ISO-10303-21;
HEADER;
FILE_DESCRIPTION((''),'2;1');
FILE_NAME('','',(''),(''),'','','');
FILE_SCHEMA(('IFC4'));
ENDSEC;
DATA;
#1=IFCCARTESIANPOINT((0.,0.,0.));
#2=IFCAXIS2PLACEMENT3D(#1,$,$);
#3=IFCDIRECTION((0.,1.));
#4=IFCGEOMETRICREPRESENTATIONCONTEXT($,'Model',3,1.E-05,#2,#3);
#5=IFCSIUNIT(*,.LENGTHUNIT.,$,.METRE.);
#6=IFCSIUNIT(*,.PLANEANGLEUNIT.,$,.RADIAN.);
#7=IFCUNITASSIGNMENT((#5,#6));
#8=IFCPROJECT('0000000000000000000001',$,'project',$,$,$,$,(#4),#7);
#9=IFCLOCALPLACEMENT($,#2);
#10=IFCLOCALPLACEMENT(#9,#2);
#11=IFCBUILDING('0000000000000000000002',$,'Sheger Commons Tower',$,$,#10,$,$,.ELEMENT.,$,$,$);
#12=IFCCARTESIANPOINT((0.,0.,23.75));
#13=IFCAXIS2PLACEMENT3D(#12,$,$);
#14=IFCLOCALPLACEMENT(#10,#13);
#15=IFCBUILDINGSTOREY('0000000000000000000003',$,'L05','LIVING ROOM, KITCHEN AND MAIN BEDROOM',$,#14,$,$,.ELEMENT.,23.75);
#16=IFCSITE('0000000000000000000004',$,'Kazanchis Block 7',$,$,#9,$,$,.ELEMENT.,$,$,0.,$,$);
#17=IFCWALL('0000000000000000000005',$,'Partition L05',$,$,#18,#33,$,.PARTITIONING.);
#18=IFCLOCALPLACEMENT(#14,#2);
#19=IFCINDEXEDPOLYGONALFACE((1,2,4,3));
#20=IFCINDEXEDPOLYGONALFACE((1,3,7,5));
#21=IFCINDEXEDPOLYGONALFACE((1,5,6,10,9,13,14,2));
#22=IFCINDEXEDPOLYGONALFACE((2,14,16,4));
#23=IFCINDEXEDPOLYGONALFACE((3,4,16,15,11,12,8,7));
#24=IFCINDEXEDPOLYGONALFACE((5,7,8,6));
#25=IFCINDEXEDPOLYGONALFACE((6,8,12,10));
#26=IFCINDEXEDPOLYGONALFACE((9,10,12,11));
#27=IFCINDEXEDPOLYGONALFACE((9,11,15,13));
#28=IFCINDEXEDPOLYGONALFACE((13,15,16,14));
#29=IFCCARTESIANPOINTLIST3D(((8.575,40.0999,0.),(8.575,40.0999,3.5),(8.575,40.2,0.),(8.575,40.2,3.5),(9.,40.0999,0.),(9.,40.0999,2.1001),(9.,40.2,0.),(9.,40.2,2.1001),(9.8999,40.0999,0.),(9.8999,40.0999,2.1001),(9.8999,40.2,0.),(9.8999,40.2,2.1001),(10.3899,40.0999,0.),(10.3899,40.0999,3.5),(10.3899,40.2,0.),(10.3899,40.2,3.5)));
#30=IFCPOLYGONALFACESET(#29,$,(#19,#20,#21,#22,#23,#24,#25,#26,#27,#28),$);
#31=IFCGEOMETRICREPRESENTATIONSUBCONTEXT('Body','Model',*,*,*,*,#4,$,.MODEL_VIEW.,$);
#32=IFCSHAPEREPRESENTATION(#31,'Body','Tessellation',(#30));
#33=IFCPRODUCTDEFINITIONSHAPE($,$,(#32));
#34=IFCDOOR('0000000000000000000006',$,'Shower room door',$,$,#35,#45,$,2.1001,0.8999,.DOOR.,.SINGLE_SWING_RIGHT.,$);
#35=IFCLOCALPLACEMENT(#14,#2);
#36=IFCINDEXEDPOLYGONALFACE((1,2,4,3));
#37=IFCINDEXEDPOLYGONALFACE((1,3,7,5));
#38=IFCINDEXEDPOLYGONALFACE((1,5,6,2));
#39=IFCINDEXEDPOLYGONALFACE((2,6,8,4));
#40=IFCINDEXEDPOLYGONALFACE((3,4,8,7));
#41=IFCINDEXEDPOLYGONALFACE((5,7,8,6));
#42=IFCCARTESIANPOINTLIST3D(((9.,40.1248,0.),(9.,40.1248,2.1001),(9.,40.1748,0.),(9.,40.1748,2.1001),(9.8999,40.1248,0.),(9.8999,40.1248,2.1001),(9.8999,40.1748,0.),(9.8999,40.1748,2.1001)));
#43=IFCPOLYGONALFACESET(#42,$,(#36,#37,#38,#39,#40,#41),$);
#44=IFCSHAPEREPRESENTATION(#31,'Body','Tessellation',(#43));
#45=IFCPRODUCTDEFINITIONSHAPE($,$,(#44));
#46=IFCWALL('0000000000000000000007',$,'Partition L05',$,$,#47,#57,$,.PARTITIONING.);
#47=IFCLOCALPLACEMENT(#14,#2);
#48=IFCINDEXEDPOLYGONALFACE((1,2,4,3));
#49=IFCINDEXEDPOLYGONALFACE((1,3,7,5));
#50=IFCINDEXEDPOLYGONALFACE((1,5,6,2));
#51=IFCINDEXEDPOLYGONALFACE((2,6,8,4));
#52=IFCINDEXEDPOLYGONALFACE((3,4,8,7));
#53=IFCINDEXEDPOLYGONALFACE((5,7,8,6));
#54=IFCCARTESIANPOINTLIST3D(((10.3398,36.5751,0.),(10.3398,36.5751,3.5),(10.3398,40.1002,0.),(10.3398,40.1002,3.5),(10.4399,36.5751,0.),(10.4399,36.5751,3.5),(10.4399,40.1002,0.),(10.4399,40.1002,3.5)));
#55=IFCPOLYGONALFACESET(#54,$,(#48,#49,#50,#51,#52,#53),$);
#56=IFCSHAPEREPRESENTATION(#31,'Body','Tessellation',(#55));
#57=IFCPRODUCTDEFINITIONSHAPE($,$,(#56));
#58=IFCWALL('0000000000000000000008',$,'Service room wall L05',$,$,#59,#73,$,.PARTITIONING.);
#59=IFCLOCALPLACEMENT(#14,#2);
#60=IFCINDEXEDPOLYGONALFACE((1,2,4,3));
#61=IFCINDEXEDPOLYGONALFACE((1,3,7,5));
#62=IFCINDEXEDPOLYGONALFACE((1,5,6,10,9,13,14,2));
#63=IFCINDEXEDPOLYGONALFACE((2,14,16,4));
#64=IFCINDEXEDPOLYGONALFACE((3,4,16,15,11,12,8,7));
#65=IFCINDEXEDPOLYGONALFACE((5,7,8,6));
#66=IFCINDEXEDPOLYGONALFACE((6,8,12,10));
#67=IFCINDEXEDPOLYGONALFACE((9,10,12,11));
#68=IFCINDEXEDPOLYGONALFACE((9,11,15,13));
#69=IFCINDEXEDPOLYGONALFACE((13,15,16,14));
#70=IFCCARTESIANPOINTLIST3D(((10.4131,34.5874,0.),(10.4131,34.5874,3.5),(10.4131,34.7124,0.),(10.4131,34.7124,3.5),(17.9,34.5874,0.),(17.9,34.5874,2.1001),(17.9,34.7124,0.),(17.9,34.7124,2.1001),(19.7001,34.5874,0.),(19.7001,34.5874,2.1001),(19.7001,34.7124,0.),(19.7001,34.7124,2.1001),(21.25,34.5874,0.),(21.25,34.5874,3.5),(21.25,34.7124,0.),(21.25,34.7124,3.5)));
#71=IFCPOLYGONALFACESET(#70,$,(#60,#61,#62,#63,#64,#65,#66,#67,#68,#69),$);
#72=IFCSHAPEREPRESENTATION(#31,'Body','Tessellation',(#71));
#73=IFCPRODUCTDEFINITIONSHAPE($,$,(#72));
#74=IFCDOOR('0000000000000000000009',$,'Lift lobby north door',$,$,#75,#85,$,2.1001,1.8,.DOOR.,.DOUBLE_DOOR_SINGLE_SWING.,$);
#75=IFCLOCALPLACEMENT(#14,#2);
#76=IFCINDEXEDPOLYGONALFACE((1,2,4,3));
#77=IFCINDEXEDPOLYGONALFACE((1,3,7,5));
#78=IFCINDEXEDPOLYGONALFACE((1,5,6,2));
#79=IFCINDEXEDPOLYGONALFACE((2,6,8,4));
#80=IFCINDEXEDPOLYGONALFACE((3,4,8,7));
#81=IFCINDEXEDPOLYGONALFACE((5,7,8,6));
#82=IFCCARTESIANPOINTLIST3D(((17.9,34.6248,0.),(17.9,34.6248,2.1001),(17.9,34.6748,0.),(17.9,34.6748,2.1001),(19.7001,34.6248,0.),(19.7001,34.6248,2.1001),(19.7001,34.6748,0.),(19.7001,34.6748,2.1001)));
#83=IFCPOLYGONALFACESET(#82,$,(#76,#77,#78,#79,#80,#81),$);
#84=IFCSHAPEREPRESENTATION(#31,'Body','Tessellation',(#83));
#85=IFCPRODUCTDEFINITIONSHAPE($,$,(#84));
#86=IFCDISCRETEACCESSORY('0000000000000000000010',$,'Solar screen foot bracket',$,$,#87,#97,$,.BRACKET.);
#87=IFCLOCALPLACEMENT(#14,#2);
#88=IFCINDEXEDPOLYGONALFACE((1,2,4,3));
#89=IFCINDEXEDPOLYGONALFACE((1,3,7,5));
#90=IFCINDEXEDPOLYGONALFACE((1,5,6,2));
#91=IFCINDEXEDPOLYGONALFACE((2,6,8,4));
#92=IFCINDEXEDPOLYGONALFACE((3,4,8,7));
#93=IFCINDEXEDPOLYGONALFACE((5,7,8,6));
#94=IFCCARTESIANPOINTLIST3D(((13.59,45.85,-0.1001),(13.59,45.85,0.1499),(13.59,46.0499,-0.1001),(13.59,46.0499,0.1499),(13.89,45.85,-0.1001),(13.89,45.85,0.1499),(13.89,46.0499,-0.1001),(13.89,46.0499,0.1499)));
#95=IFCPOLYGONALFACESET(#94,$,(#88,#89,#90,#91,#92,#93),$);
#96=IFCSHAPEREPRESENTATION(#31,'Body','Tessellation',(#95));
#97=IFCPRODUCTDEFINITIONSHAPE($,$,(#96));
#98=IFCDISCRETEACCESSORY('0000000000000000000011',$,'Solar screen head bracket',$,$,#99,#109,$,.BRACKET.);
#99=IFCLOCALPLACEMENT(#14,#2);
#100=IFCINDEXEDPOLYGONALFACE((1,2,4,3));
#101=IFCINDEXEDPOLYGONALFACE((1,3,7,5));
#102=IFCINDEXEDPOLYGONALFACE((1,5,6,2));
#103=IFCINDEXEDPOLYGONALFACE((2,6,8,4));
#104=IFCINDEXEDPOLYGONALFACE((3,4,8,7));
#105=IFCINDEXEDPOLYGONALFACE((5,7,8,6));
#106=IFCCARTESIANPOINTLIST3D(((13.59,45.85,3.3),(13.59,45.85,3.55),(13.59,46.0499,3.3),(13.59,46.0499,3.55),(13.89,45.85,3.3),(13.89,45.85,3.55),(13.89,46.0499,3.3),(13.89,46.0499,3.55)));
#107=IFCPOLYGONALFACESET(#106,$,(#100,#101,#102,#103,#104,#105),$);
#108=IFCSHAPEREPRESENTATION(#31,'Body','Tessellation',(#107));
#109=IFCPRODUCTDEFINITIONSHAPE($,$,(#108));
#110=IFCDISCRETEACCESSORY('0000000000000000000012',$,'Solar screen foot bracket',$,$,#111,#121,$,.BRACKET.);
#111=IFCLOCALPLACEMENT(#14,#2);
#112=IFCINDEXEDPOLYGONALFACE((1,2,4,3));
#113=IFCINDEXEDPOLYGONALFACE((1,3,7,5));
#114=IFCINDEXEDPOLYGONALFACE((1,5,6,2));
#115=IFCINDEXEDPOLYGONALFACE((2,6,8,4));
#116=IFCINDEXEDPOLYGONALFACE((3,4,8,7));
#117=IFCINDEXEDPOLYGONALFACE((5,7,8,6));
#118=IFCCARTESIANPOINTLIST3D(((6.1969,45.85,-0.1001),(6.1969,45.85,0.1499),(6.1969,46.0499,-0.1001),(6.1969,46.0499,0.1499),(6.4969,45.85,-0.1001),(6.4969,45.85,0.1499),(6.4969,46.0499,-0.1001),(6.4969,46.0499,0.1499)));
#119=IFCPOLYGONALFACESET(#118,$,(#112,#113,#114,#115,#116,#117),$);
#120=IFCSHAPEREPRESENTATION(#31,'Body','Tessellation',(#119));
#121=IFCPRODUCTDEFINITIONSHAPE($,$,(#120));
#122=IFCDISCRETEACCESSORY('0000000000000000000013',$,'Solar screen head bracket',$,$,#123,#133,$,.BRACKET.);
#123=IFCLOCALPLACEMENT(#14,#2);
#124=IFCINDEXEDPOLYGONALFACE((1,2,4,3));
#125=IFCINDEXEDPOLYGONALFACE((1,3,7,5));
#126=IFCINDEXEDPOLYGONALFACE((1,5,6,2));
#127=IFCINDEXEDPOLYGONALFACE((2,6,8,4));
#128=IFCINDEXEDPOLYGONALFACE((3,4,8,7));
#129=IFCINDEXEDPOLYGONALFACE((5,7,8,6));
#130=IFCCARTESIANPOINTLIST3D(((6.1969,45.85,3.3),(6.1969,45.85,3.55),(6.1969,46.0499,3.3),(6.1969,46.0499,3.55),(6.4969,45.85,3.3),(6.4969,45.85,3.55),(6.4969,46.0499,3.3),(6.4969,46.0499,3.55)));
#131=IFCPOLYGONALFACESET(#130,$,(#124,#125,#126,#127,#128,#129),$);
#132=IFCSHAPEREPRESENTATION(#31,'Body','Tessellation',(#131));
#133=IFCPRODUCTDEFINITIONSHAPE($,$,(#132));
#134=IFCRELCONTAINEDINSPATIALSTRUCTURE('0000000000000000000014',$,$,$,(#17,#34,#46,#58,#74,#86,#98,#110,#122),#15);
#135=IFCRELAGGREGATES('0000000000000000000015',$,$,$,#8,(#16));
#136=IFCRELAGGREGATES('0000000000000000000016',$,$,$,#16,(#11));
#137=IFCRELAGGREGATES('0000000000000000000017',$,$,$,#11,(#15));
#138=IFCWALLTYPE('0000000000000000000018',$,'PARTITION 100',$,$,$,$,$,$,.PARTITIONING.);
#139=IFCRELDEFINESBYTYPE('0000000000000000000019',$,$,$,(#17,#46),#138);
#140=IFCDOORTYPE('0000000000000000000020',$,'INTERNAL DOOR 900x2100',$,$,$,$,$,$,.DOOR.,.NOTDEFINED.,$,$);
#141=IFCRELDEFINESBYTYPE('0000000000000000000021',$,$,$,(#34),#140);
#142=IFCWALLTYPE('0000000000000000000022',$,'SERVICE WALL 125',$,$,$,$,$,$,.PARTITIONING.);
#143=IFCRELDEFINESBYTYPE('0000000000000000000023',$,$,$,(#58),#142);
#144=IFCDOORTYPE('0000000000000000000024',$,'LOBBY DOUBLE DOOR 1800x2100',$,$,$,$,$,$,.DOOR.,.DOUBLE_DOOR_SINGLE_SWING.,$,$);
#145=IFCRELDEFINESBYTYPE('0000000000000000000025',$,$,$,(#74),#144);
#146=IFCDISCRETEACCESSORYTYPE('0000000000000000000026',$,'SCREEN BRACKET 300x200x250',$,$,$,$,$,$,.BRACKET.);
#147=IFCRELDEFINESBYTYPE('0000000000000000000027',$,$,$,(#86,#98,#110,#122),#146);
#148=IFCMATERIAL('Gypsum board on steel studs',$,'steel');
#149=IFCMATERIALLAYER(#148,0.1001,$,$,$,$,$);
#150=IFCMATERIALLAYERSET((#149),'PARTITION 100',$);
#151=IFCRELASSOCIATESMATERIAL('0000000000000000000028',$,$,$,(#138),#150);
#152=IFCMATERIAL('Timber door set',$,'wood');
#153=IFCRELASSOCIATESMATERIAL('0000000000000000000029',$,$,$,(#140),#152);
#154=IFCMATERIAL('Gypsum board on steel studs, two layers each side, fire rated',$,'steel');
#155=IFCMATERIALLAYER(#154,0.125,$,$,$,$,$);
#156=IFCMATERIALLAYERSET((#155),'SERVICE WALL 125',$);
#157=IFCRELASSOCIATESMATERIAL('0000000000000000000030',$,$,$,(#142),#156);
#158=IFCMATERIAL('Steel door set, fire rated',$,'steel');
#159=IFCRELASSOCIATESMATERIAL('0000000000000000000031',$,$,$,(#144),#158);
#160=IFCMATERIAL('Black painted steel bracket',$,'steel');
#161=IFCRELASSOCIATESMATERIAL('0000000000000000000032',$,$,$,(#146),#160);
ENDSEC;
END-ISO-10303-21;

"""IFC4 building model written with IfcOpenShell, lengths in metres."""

from ifc_helpers import new_model, si_unit, direction, frame, frame_2d, origin, origin_2d, place, context, subcontext, project, spatial, rectangle, extrude, material, layer, layer_set, type_object, element, fill, save


model = new_model("IFC4")

# Units and contexts
model_context = context("Model", 3, precision=1e-05, world=origin(), true_north=direction((0.0, 1.0)))
body_context = subcontext(model_context, "Body", "Model", "MODEL_VIEW")
ifc_project = project(units=[si_unit("LENGTHUNIT", "METRE"), si_unit("PLANEANGLEUNIT", "RADIAN")], contexts=[model_context])

# Site, building, storey
site_placement = place(None, origin())
site = spatial("IfcSite", under=ifc_project, at=site_placement, Name="Kazanchis Block 7", CompositionType="ELEMENT", RefElevation=0.0)
building_placement = place(site_placement, origin())
building = spatial("IfcBuilding", under=site, at=building_placement, Name="Sheger Commons Tower", CompositionType="ELEMENT")
storey_placement = place(building_placement, frame((0.0, 0.0, 23.75)))
storey = spatial("IfcBuildingStorey", under=building, at=storey_placement, Name="L05", Description="LIVING ROOM, KITCHEN AND MAIN BEDROOM", CompositionType="ELEMENT", Elevation=23.75)

# Shared definitions
ifc_material_1 = material(Name="Gypsum board on steel studs", Category="steel")
ifc_layer_1 = layer(ifc_material_1, 0.1001)
ifc_layer_set_1 = layer_set([ifc_layer_1], Name="PARTITION 100")
wall_type_1 = type_object("IfcWallType", Name="PARTITION 100", PredefinedType="PARTITIONING", material=ifc_layer_set_1)

# Wall, opening, door
wall_1_placement = place(storey_placement, frame((8.575, 40.1499, 0.0), z_axis=(0.0, 0.0, 1.0), x_axis=(1.0, 0.0, 0.0)))
wall_1 = element("IfcWall", 1, at=wall_1_placement, inside=storey, type_object=wall_type_1, Name="Partition L05", PredefinedType="PARTITIONING", context=body_context, shape_type="SweptSolid", body=[
    extrude(rectangle(XDim=1.8149, YDim=0.1001, at=frame_2d((0.9075, 0.0))), origin(), (0.0, 0.0, 1.0), 3.5),
])
opening_1_placement = place(wall_1_placement, frame((0.425, 0.0, 0.0)))
opening_1 = element("IfcOpeningElement", 2, at=opening_1_placement, cuts=wall_1, PredefinedType="OPENING", context=body_context, shape_type="SweptSolid", body=[
    extrude(rectangle(XDim=0.8999, YDim=2.1001, at=frame_2d((0.45, 1.05))), frame((0.0, 0.0601, 0.0), z_axis=(0.0, -1.0, 0.0), x_axis=(1.0, 0.0, 0.0)), (0.0, 0.0, 1.0), 0.1201),
])
ifc_material_2 = material(Name="Timber door set", Category="wood")
door_type_1 = type_object("IfcDoorType", Name="INTERNAL DOOR 900x2100", OperationType="NOTDEFINED", PredefinedType="DOOR", material=ifc_material_2)
door_1_placement = place(opening_1_placement, origin())
door_1 = element("IfcDoor", 3, at=door_1_placement, inside=storey, type_object=door_type_1, Name="Shower room door", OperationType="SINGLE_SWING_RIGHT", OverallHeight=2.1001, OverallWidth=0.8999, PredefinedType="DOOR", context=body_context, shape_type="SweptSolid", body=[
    extrude(rectangle(XDim=0.8999, YDim=2.1001, at=frame_2d((0.45, 1.05))), frame((0.0, 0.0249, 0.0), z_axis=(0.0, -1.0, 0.0), x_axis=(1.0, 0.0, 0.0)), (0.0, 0.0, 1.0), 0.05),
])
fill(opening_1, door_1)

# Wall
wall_2_placement = place(storey_placement, frame((10.3899, 36.575, 0.0), z_axis=(0.0, 0.0, 1.0), x_axis=(0.0, 1.0, 0.0)))
element("IfcWall", 4, at=wall_2_placement, inside=storey, type_object=wall_type_1, Name="Partition L05", PredefinedType="PARTITIONING", context=body_context, shape_type="SweptSolid", body=[
    extrude(rectangle(XDim=3.5251, YDim=0.1001, at=frame_2d((1.7627, 0.0))), origin(), (0.0, 0.0, 1.0), 3.5),
])

# Wall, opening, door
ifc_material_3 = material(Name="Gypsum board on steel studs, two layers each side, fire rated", Category="steel")
ifc_layer_2 = layer(ifc_material_3, 0.125)
ifc_layer_set_2 = layer_set([ifc_layer_2], Name="SERVICE WALL 125")
wall_type_2 = type_object("IfcWallType", Name="SERVICE WALL 125", PredefinedType="PARTITIONING", material=ifc_layer_set_2)
wall_3_placement = place(storey_placement, frame((10.4131, 34.6499, 0.0), z_axis=(0.0, 0.0, 1.0), x_axis=(1.0, 0.0, 0.0)))
wall_3 = element("IfcWall", 5, at=wall_3_placement, inside=storey, type_object=wall_type_2, Name="Service room wall L05", PredefinedType="PARTITIONING", context=body_context, shape_type="SweptSolid", body=[
    extrude(rectangle(XDim=10.8369, YDim=0.125, at=frame_2d((5.4185, 0.0))), origin(), (0.0, 0.0, 1.0), 3.5),
])
opening_2_placement = place(wall_3_placement, frame((7.4871, 0.0, 0.0)))
opening_2 = element("IfcOpeningElement", 6, at=opening_2_placement, cuts=wall_3, PredefinedType="OPENING", context=body_context, shape_type="SweptSolid", body=[
    extrude(rectangle(XDim=1.8, YDim=2.1001, at=frame_2d((0.8999, 1.05))), frame((0.0, 0.0725, 0.0), z_axis=(0.0, -1.0, 0.0), x_axis=(1.0, 0.0, 0.0)), (0.0, 0.0, 1.0), 0.145),
])
ifc_material_4 = material(Name="Steel door set, fire rated", Category="steel")
door_type_2 = type_object("IfcDoorType", Name="LOBBY DOUBLE DOOR 1800x2100", OperationType="DOUBLE_DOOR_SINGLE_SWING", PredefinedType="DOOR", material=ifc_material_4)
door_2_placement = place(opening_2_placement, origin())
door_2 = element("IfcDoor", 7, at=door_2_placement, inside=storey, type_object=door_type_2, Name="Lift lobby north door", OperationType="DOUBLE_DOOR_SINGLE_SWING", OverallHeight=2.1001, OverallWidth=1.8, PredefinedType="DOOR", context=body_context, shape_type="SweptSolid", body=[
    extrude(rectangle(XDim=1.8, YDim=2.1001, at=frame_2d((0.8999, 1.05))), frame((0.0, 0.0249, 0.0), z_axis=(0.0, -1.0, 0.0), x_axis=(1.0, 0.0, 0.0)), (0.0, 0.0, 1.0), 0.05),
])
fill(opening_2, door_2)

# Discrete accessories
ifc_material_5 = material(Name="Black painted steel bracket", Category="steel")
discrete_accessory_type = type_object("IfcDiscreteAccessoryType", Name="SCREEN BRACKET 300x200x250", PredefinedType="BRACKET", material=ifc_material_5)
for number, where, z_axis, x_axis, name in (
    (8, (13.74, 45.95, -0.1001), (0.0, 0.0, 1.0), (-1.0, 0.0, 0.0), "Solar screen foot bracket"),
    (9, (13.74, 45.95, 3.3), (0.0, 0.0, 1.0), (-1.0, 0.0, 0.0), "Solar screen head bracket"),
    (10, (6.3469, 45.95, -0.1001), (0.0, 0.0, 1.0), (-1.0, 0.0, 0.0), "Solar screen foot bracket"),
    (11, (6.3469, 45.95, 3.3), (0.0, 0.0, 1.0), (-1.0, 0.0, 0.0), "Solar screen head bracket"),
):
    element("IfcDiscreteAccessory", number, at=place(storey_placement, frame(where, z_axis=z_axis, x_axis=x_axis)), inside=storey, type_object=discrete_accessory_type, Name=name, PredefinedType="BRACKET", context=body_context, shape_type="SweptSolid", body=[
        extrude(rectangle(XDim=0.3, YDim=0.2, at=origin_2d()), origin(), (0.0, 0.0, 1.0), 0.25),
    ])

save(model, "model.ifc")
